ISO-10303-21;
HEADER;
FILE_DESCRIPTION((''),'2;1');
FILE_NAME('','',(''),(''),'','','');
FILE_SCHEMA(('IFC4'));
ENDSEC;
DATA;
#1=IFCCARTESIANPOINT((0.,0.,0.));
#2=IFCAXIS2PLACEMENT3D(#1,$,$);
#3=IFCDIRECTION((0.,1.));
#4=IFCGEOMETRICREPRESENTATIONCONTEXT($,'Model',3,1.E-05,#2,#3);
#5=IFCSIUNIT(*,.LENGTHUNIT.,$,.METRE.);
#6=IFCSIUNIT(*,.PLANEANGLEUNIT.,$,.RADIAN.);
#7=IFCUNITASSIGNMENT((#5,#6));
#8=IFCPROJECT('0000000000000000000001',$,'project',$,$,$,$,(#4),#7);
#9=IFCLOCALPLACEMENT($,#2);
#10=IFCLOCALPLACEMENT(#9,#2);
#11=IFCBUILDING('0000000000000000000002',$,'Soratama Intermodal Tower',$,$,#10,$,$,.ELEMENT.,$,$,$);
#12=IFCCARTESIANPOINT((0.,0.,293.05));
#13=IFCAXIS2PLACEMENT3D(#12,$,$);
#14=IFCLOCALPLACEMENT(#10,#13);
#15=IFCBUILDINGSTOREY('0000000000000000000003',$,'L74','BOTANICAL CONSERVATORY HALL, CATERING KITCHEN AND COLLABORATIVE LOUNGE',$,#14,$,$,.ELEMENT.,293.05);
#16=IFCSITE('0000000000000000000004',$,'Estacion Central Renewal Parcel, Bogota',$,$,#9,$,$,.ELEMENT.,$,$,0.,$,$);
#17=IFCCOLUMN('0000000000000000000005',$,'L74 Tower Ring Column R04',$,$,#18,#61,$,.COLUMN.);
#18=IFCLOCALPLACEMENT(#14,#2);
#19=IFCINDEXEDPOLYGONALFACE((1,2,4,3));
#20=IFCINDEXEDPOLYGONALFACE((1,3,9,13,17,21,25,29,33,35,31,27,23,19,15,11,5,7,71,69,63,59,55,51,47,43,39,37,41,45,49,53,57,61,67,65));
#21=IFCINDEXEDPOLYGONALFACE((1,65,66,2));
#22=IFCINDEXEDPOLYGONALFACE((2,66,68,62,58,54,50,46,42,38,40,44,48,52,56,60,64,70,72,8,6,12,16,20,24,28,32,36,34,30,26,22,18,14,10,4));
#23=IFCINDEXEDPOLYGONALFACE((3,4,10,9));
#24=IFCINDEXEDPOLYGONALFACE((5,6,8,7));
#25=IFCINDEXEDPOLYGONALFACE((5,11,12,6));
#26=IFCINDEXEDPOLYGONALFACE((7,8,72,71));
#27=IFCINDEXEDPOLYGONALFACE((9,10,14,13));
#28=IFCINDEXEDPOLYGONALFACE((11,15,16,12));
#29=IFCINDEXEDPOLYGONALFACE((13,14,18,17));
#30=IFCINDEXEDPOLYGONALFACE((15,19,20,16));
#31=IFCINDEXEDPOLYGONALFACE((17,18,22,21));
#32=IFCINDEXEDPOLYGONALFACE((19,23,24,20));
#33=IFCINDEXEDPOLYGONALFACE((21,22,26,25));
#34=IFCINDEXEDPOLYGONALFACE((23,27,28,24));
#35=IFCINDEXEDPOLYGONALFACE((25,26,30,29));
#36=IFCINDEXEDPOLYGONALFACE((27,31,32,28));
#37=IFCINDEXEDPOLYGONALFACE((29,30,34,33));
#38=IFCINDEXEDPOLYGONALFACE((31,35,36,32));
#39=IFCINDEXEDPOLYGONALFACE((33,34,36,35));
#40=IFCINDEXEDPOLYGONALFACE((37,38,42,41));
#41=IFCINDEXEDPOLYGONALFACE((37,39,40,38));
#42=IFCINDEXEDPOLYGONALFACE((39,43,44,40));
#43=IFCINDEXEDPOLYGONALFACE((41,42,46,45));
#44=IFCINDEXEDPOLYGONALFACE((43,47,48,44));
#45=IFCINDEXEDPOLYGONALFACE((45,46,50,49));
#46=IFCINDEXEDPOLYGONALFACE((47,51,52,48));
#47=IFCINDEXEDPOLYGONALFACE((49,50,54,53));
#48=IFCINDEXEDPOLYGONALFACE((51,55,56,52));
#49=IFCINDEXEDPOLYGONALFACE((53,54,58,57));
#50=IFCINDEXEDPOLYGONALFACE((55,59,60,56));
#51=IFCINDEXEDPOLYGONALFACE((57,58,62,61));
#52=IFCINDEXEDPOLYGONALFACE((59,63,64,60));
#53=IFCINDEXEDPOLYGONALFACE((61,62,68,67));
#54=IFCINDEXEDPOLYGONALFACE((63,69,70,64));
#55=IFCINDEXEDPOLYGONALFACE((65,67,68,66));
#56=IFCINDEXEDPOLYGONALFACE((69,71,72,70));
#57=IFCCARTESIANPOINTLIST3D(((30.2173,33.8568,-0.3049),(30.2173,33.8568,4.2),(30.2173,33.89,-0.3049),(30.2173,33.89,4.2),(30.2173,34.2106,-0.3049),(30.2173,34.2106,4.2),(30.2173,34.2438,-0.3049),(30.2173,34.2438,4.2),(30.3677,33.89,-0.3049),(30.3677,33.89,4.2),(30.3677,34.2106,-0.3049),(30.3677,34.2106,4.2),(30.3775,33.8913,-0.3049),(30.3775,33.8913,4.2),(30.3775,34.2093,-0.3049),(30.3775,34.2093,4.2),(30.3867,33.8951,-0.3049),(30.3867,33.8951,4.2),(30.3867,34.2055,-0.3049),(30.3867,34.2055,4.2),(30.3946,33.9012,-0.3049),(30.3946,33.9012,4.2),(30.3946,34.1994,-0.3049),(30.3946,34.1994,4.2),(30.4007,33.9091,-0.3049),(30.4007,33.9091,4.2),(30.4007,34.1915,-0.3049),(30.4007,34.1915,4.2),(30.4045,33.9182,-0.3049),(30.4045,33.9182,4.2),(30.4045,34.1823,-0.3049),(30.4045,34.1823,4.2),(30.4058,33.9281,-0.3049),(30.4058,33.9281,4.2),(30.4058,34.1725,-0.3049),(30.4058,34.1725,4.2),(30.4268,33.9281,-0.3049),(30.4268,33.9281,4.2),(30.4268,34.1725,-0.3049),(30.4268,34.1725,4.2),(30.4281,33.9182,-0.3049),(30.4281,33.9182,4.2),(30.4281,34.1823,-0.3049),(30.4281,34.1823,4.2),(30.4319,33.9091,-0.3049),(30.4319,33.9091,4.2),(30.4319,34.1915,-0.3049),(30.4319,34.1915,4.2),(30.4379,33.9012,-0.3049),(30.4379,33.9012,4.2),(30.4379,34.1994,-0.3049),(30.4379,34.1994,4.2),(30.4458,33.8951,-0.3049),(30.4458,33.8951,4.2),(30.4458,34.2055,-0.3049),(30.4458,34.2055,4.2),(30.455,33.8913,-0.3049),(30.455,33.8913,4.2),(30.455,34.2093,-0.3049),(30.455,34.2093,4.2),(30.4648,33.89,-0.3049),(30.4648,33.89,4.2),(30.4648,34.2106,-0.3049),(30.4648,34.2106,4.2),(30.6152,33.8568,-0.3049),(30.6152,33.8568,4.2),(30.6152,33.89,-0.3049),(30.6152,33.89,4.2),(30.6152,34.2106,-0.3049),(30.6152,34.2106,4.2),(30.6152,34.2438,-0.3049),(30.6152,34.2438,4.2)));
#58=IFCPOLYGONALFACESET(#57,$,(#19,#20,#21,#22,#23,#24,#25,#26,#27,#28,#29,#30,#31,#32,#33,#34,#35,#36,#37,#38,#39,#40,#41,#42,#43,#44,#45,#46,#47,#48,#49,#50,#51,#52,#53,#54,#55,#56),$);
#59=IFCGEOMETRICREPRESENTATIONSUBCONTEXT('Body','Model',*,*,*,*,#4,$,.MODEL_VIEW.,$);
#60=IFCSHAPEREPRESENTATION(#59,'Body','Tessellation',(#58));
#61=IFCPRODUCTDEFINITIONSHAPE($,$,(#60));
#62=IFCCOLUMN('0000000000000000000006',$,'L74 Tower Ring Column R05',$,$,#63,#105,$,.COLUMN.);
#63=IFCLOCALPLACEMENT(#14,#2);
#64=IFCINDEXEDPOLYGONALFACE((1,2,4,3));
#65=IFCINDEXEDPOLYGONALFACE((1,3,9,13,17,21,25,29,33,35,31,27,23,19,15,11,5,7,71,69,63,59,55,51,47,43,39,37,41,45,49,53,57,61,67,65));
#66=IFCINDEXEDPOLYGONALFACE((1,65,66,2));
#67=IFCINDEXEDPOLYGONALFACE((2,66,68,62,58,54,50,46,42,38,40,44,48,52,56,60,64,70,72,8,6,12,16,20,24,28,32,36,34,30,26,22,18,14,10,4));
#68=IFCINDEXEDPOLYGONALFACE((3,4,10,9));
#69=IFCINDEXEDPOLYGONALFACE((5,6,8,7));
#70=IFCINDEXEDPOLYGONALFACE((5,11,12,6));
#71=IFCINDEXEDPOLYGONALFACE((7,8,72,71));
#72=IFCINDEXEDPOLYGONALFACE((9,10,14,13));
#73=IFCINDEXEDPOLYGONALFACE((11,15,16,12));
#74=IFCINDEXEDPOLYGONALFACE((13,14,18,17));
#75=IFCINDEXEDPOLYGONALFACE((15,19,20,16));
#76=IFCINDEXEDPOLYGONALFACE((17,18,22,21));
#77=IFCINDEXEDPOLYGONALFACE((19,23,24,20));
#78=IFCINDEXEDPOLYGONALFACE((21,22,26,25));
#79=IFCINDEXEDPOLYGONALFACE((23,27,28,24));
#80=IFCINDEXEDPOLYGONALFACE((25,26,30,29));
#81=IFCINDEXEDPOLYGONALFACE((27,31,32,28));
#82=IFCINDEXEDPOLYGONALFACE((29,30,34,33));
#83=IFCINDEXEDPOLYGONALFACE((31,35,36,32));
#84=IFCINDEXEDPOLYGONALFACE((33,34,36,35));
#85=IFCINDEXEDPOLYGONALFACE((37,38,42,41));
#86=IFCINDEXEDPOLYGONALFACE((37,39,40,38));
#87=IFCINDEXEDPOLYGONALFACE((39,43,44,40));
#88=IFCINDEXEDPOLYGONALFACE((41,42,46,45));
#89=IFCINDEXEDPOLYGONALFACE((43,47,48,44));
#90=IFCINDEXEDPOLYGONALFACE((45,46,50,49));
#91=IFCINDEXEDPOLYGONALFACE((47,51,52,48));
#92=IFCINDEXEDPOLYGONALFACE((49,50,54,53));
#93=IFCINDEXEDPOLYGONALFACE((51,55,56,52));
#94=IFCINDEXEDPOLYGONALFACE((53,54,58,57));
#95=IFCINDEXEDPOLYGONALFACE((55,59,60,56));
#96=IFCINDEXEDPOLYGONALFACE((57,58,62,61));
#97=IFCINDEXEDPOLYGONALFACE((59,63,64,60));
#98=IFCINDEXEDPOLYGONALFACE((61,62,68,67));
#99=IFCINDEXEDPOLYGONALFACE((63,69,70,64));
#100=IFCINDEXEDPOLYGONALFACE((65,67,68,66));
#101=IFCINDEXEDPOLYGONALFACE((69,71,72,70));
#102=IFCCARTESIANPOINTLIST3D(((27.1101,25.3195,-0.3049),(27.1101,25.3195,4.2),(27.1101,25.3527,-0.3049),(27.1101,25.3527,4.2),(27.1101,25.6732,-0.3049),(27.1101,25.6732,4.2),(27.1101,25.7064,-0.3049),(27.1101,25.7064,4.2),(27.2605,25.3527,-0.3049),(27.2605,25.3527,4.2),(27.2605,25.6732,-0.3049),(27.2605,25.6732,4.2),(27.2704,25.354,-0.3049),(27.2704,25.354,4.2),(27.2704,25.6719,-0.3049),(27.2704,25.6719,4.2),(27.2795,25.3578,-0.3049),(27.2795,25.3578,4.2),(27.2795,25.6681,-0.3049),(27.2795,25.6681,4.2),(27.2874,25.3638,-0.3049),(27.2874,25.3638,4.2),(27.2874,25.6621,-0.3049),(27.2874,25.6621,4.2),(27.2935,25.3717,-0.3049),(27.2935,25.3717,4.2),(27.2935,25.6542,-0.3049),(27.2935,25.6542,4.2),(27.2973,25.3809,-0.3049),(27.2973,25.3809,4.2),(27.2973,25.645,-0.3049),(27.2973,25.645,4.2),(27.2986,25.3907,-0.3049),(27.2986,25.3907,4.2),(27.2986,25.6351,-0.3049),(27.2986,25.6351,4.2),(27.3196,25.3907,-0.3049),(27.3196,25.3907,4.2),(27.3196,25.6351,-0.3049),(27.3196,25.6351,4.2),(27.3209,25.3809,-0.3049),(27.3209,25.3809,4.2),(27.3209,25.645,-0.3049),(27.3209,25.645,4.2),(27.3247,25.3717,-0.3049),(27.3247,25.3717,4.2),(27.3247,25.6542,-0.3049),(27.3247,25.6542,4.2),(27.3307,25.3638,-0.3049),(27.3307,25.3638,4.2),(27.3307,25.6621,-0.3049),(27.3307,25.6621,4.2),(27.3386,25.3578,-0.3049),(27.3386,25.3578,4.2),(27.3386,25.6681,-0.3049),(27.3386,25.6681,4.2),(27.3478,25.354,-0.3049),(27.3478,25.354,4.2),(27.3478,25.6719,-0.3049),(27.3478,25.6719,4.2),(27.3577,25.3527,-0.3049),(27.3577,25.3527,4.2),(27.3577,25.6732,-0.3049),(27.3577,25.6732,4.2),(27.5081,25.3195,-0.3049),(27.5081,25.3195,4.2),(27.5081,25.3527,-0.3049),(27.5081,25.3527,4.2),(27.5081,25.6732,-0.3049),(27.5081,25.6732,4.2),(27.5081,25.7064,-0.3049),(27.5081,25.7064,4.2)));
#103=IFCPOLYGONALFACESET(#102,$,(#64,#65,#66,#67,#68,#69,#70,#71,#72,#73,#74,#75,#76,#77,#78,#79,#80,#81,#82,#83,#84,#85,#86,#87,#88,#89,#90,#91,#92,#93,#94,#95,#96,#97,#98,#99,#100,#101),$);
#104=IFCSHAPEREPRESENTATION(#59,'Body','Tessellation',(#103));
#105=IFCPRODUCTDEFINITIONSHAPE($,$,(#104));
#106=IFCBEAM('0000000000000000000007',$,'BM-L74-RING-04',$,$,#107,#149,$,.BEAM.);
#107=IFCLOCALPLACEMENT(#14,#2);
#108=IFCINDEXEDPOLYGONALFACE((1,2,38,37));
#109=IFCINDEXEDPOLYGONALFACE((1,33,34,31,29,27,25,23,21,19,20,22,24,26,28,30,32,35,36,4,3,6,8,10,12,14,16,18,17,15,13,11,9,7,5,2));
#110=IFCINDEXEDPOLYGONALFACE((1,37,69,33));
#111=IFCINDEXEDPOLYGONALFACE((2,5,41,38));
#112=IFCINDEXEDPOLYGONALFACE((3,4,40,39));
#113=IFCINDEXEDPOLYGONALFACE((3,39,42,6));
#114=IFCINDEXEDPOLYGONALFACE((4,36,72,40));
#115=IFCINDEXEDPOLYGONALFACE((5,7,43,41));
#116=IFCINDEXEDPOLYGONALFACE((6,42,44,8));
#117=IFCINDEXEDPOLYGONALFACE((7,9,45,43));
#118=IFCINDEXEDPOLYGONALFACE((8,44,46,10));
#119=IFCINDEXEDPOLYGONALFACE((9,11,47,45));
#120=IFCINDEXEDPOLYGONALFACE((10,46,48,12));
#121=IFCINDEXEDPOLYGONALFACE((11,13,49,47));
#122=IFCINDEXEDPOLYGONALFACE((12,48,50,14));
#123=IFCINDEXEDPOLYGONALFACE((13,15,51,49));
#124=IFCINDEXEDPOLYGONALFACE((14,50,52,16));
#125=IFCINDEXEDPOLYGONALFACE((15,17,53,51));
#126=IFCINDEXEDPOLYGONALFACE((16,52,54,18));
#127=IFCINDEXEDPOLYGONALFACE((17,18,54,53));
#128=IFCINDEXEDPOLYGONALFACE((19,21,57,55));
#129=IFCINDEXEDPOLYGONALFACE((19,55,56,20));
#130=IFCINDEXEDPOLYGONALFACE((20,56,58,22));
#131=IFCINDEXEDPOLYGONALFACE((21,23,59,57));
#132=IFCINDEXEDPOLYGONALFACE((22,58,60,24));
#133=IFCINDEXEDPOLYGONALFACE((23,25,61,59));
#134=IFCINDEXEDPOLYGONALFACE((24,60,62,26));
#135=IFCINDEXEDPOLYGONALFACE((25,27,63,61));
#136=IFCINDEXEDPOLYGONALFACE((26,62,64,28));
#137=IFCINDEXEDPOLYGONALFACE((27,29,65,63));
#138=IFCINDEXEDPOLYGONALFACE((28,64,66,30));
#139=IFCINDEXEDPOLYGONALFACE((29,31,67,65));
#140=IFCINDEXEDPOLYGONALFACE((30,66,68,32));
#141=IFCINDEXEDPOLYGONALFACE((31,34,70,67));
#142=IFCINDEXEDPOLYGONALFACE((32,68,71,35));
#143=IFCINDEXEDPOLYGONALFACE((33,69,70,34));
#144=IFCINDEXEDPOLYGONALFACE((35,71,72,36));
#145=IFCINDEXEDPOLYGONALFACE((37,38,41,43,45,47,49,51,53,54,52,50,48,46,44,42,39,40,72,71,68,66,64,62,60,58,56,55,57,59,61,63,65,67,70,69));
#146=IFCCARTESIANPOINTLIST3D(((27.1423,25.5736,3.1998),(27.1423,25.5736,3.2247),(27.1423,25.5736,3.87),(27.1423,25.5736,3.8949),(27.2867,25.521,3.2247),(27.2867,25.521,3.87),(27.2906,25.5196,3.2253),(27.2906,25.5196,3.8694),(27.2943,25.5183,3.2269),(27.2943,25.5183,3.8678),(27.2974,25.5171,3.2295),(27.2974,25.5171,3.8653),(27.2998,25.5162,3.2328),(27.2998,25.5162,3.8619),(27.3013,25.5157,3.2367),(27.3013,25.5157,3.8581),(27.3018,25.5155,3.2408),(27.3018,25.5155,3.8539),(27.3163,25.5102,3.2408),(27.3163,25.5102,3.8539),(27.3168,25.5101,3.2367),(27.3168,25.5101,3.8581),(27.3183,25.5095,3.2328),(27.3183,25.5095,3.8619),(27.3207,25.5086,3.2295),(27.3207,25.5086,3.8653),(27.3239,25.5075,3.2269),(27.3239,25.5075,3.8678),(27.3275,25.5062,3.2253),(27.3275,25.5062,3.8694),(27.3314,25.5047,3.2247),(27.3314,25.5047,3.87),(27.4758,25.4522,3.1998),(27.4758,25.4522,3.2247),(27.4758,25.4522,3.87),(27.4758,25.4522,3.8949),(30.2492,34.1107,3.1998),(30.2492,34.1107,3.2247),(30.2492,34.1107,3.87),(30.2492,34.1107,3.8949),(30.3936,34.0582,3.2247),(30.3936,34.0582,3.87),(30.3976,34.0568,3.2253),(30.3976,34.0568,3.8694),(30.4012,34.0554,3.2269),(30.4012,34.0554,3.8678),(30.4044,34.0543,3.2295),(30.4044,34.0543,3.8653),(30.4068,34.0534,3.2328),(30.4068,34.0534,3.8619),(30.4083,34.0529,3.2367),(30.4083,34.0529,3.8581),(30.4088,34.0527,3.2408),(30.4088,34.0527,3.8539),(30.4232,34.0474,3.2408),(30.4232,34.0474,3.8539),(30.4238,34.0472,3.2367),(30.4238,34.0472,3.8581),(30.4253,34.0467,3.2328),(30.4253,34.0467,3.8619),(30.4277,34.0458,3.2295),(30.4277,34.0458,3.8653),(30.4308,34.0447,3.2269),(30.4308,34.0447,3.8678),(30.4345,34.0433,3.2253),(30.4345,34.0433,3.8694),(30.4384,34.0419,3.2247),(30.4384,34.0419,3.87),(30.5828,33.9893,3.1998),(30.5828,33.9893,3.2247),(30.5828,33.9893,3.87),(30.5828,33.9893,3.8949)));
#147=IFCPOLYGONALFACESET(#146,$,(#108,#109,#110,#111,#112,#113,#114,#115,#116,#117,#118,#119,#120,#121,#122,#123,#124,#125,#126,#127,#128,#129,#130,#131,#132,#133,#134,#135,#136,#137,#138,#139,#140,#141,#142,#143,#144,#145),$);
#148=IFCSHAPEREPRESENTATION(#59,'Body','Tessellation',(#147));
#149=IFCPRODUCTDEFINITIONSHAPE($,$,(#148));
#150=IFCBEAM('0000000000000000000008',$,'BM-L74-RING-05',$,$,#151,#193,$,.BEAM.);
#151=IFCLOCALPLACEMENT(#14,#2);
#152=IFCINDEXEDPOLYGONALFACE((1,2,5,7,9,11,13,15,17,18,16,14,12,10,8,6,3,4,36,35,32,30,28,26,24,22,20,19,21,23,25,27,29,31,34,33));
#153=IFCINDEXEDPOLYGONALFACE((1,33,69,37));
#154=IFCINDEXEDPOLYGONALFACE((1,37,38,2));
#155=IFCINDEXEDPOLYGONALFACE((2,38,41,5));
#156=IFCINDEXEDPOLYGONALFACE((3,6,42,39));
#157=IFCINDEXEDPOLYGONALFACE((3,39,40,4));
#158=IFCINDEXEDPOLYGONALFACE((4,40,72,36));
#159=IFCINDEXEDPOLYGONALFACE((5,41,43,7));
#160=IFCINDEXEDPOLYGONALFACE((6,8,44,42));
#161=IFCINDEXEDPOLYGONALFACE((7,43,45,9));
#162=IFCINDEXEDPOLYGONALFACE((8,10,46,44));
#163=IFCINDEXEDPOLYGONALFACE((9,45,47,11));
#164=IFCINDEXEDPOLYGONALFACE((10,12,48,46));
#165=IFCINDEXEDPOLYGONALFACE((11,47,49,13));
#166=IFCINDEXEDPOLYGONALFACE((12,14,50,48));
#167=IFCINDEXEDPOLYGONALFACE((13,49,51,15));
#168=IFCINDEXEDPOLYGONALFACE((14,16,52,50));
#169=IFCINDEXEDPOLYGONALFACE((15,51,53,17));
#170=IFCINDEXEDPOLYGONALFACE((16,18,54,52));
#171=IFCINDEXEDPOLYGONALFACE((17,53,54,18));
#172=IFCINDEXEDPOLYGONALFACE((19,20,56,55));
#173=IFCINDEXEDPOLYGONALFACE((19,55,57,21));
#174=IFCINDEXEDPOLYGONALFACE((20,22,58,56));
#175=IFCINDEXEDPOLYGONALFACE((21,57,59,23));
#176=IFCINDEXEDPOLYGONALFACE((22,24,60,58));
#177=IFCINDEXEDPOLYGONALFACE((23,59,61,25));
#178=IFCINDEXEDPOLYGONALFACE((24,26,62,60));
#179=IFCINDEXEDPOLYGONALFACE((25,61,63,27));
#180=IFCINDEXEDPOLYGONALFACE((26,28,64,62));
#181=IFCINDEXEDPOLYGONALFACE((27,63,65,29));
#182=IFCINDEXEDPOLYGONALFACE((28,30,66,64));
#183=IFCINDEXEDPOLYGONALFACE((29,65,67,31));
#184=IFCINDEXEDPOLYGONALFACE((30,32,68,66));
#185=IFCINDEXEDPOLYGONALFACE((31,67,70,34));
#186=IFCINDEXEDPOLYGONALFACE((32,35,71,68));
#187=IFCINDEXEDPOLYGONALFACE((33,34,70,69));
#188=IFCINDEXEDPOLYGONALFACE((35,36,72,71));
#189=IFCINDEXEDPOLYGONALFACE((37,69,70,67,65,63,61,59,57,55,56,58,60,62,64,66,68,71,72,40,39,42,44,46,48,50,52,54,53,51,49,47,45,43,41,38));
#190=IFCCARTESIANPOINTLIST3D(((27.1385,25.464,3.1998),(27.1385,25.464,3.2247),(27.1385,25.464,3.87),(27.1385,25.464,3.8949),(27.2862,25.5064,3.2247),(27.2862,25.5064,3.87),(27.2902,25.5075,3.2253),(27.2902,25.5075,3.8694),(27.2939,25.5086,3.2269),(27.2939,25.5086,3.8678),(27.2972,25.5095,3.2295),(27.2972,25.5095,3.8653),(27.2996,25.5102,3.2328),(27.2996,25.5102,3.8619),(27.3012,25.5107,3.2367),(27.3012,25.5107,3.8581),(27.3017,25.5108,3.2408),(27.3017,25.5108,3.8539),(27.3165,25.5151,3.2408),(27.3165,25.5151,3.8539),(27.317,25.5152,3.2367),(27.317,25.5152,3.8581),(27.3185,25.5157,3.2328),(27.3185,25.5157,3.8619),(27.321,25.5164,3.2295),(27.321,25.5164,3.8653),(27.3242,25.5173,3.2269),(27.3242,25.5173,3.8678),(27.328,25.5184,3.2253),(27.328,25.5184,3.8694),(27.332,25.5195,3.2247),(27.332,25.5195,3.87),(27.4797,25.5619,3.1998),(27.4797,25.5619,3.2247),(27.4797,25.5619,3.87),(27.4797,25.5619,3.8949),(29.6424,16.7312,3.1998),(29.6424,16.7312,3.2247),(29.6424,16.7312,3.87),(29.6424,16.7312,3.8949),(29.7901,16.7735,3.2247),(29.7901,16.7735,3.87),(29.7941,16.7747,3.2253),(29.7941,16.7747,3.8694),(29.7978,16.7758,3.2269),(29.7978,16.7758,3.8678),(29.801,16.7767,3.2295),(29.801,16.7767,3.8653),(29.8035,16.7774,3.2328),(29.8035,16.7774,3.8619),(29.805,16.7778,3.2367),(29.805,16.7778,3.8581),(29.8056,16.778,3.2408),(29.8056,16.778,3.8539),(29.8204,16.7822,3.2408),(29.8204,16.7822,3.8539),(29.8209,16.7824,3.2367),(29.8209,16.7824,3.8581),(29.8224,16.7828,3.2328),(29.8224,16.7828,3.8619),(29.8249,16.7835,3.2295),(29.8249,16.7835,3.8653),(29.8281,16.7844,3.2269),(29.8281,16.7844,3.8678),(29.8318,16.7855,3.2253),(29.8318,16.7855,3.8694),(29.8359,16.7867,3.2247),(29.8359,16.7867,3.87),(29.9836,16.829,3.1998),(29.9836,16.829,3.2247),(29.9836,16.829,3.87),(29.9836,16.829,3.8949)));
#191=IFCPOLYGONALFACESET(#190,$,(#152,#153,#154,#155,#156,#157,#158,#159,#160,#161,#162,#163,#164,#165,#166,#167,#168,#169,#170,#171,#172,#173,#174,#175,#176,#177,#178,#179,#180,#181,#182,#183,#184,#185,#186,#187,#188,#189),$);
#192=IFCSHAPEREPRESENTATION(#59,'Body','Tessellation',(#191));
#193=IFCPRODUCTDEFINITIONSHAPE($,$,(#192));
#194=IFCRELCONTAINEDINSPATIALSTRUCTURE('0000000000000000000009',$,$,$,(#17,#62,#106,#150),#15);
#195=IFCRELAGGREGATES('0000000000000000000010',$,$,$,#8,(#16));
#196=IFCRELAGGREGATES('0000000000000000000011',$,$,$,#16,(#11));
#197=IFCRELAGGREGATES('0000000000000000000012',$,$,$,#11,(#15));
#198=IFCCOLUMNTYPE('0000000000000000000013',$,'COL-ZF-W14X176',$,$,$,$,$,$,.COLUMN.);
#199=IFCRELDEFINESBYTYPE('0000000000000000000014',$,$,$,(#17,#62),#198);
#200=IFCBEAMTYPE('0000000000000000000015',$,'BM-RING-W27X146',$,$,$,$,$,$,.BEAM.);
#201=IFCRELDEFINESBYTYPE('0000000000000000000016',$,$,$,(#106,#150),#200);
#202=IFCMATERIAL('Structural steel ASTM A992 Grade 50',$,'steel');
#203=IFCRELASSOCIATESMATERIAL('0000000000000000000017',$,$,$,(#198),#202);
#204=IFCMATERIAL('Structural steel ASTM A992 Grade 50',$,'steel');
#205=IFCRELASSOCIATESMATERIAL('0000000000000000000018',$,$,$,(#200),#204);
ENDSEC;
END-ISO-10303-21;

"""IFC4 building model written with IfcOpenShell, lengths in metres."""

from ifc_helpers import new_model, si_unit, direction, frame, origin, origin_2d, place, context, subcontext, project, spatial, i_section, extrude, material, material_profile, profile_set, type_object, element, save


model = new_model("IFC4")

# Units and contexts
model_context = context("Model", 3, precision=1e-05, world=origin(), true_north=direction((0.0, 1.0)))
body_context = subcontext(model_context, "Body", "Model", "MODEL_VIEW")
ifc_project = project(units=[si_unit("LENGTHUNIT", "METRE"), si_unit("PLANEANGLEUNIT", "RADIAN")], contexts=[model_context])

# Site, building, storey
site_placement = place(None, origin())
site = spatial("IfcSite", under=ifc_project, at=site_placement, Name="Estacion Central Renewal Parcel, Bogota", CompositionType="ELEMENT", RefElevation=0.0)
building_placement = place(site_placement, origin())
building = spatial("IfcBuilding", under=site, at=building_placement, Name="Soratama Intermodal Tower", CompositionType="ELEMENT")
storey_placement = place(building_placement, frame((0.0, 0.0, 293.05)))
storey = spatial("IfcBuildingStorey", under=building, at=storey_placement, Name="L74", Description="BOTANICAL CONSERVATORY HALL, CATERING KITCHEN AND COLLABORATIVE LOUNGE", CompositionType="ELEMENT", Elevation=293.05)

# Columns
ifc_material_1 = material(Name="Structural steel ASTM A992 Grade 50", Category="steel")
ifc_material_profile_1 = material_profile(ifc_material_1, i_section(OverallWidth=0.3979, OverallDepth=0.387, WebThickness=0.021, FlangeThickness=0.0332, FilletRadius=0.0381, at=origin_2d()), Name="W14X176")
ifc_profile_set_1 = profile_set([ifc_material_profile_1], Name="Structural steel ASTM A992 Grade 50")
column_type = type_object("IfcColumnType", Name="COL-ZF-W14X176", PredefinedType="COLUMN", material=ifc_profile_set_1)
for number, where, z_axis, x_axis, name in (
    (1, (30.4163, 34.0503, -0.3049), (0.0, 0.0, 1.0), (1.0, 0.0, 0.0), "L74 Tower Ring Column R04"),
    (2, (27.3091, 25.5129, -0.3049), (0.0, 0.0, 1.0), (1.0, 0.0, 0.0), "L74 Tower Ring Column R05"),
):
    element("IfcColumn", number, at=place(storey_placement, frame(where, z_axis=z_axis, x_axis=x_axis)), inside=storey, type_object=column_type, Name=name, PredefinedType="COLUMN", context=body_context, shape_type="SweptSolid", body=[
        extrude(i_section(OverallWidth=0.3979, OverallDepth=0.387, WebThickness=0.021, FlangeThickness=0.0332, FilletRadius=0.0381, at=origin_2d()), origin(), (0.0, 0.0, 1.0), 4.5049),
    ])

# Beams
ifc_material_2 = material(Name="Structural steel ASTM A992 Grade 50", Category="steel")
ifc_material_profile_2 = material_profile(ifc_material_2, i_section(OverallWidth=0.355, OverallDepth=0.6951, WebThickness=0.0154, FlangeThickness=0.0249, FilletRadius=0.0161, at=origin_2d()), Name="W27X146")
ifc_profile_set_2 = profile_set([ifc_material_profile_2], Name="Structural steel ASTM A992 Grade 50")
beam_type_1 = type_object("IfcBeamType", Name="BM-RING-W27X146", PredefinedType="BEAM", material=ifc_profile_set_2)
beam_1_placement = place(storey_placement, frame((30.416, 34.05, 3.5474), z_axis=(-0.341989, -0.939704, 0.0), x_axis=(0.939704, -0.341989, 0.0)))
element("IfcBeam", 3, at=beam_1_placement, inside=storey, type_object=beam_type_1, Name="BM-L74-RING-04", PredefinedType="BEAM", context=body_context, shape_type="SweptSolid", body=[
    extrude(i_section(OverallWidth=0.355, OverallDepth=0.6951, WebThickness=0.0154, FlangeThickness=0.0249, FilletRadius=0.0161, at=origin_2d()), origin(), (0.0, 0.0, 1.0), 9.085),
])
beam_2_placement = place(storey_placement, frame((27.3091, 25.5129, 3.5474), z_axis=(0.275615, -0.961268, 0.0), x_axis=(0.961268, 0.275615, 0.0)))
element("IfcBeam", 4, at=beam_2_placement, inside=storey, type_object=beam_type_1, Name="BM-L74-RING-05", PredefinedType="BEAM", context=body_context, shape_type="SweptSolid", body=[
    extrude(i_section(OverallWidth=0.355, OverallDepth=0.6951, WebThickness=0.0154, FlangeThickness=0.0249, FilletRadius=0.0161, at=origin_2d()), origin(), (0.0, 0.0, 1.0), 9.0847),
])

save(model, "model.ifc")
